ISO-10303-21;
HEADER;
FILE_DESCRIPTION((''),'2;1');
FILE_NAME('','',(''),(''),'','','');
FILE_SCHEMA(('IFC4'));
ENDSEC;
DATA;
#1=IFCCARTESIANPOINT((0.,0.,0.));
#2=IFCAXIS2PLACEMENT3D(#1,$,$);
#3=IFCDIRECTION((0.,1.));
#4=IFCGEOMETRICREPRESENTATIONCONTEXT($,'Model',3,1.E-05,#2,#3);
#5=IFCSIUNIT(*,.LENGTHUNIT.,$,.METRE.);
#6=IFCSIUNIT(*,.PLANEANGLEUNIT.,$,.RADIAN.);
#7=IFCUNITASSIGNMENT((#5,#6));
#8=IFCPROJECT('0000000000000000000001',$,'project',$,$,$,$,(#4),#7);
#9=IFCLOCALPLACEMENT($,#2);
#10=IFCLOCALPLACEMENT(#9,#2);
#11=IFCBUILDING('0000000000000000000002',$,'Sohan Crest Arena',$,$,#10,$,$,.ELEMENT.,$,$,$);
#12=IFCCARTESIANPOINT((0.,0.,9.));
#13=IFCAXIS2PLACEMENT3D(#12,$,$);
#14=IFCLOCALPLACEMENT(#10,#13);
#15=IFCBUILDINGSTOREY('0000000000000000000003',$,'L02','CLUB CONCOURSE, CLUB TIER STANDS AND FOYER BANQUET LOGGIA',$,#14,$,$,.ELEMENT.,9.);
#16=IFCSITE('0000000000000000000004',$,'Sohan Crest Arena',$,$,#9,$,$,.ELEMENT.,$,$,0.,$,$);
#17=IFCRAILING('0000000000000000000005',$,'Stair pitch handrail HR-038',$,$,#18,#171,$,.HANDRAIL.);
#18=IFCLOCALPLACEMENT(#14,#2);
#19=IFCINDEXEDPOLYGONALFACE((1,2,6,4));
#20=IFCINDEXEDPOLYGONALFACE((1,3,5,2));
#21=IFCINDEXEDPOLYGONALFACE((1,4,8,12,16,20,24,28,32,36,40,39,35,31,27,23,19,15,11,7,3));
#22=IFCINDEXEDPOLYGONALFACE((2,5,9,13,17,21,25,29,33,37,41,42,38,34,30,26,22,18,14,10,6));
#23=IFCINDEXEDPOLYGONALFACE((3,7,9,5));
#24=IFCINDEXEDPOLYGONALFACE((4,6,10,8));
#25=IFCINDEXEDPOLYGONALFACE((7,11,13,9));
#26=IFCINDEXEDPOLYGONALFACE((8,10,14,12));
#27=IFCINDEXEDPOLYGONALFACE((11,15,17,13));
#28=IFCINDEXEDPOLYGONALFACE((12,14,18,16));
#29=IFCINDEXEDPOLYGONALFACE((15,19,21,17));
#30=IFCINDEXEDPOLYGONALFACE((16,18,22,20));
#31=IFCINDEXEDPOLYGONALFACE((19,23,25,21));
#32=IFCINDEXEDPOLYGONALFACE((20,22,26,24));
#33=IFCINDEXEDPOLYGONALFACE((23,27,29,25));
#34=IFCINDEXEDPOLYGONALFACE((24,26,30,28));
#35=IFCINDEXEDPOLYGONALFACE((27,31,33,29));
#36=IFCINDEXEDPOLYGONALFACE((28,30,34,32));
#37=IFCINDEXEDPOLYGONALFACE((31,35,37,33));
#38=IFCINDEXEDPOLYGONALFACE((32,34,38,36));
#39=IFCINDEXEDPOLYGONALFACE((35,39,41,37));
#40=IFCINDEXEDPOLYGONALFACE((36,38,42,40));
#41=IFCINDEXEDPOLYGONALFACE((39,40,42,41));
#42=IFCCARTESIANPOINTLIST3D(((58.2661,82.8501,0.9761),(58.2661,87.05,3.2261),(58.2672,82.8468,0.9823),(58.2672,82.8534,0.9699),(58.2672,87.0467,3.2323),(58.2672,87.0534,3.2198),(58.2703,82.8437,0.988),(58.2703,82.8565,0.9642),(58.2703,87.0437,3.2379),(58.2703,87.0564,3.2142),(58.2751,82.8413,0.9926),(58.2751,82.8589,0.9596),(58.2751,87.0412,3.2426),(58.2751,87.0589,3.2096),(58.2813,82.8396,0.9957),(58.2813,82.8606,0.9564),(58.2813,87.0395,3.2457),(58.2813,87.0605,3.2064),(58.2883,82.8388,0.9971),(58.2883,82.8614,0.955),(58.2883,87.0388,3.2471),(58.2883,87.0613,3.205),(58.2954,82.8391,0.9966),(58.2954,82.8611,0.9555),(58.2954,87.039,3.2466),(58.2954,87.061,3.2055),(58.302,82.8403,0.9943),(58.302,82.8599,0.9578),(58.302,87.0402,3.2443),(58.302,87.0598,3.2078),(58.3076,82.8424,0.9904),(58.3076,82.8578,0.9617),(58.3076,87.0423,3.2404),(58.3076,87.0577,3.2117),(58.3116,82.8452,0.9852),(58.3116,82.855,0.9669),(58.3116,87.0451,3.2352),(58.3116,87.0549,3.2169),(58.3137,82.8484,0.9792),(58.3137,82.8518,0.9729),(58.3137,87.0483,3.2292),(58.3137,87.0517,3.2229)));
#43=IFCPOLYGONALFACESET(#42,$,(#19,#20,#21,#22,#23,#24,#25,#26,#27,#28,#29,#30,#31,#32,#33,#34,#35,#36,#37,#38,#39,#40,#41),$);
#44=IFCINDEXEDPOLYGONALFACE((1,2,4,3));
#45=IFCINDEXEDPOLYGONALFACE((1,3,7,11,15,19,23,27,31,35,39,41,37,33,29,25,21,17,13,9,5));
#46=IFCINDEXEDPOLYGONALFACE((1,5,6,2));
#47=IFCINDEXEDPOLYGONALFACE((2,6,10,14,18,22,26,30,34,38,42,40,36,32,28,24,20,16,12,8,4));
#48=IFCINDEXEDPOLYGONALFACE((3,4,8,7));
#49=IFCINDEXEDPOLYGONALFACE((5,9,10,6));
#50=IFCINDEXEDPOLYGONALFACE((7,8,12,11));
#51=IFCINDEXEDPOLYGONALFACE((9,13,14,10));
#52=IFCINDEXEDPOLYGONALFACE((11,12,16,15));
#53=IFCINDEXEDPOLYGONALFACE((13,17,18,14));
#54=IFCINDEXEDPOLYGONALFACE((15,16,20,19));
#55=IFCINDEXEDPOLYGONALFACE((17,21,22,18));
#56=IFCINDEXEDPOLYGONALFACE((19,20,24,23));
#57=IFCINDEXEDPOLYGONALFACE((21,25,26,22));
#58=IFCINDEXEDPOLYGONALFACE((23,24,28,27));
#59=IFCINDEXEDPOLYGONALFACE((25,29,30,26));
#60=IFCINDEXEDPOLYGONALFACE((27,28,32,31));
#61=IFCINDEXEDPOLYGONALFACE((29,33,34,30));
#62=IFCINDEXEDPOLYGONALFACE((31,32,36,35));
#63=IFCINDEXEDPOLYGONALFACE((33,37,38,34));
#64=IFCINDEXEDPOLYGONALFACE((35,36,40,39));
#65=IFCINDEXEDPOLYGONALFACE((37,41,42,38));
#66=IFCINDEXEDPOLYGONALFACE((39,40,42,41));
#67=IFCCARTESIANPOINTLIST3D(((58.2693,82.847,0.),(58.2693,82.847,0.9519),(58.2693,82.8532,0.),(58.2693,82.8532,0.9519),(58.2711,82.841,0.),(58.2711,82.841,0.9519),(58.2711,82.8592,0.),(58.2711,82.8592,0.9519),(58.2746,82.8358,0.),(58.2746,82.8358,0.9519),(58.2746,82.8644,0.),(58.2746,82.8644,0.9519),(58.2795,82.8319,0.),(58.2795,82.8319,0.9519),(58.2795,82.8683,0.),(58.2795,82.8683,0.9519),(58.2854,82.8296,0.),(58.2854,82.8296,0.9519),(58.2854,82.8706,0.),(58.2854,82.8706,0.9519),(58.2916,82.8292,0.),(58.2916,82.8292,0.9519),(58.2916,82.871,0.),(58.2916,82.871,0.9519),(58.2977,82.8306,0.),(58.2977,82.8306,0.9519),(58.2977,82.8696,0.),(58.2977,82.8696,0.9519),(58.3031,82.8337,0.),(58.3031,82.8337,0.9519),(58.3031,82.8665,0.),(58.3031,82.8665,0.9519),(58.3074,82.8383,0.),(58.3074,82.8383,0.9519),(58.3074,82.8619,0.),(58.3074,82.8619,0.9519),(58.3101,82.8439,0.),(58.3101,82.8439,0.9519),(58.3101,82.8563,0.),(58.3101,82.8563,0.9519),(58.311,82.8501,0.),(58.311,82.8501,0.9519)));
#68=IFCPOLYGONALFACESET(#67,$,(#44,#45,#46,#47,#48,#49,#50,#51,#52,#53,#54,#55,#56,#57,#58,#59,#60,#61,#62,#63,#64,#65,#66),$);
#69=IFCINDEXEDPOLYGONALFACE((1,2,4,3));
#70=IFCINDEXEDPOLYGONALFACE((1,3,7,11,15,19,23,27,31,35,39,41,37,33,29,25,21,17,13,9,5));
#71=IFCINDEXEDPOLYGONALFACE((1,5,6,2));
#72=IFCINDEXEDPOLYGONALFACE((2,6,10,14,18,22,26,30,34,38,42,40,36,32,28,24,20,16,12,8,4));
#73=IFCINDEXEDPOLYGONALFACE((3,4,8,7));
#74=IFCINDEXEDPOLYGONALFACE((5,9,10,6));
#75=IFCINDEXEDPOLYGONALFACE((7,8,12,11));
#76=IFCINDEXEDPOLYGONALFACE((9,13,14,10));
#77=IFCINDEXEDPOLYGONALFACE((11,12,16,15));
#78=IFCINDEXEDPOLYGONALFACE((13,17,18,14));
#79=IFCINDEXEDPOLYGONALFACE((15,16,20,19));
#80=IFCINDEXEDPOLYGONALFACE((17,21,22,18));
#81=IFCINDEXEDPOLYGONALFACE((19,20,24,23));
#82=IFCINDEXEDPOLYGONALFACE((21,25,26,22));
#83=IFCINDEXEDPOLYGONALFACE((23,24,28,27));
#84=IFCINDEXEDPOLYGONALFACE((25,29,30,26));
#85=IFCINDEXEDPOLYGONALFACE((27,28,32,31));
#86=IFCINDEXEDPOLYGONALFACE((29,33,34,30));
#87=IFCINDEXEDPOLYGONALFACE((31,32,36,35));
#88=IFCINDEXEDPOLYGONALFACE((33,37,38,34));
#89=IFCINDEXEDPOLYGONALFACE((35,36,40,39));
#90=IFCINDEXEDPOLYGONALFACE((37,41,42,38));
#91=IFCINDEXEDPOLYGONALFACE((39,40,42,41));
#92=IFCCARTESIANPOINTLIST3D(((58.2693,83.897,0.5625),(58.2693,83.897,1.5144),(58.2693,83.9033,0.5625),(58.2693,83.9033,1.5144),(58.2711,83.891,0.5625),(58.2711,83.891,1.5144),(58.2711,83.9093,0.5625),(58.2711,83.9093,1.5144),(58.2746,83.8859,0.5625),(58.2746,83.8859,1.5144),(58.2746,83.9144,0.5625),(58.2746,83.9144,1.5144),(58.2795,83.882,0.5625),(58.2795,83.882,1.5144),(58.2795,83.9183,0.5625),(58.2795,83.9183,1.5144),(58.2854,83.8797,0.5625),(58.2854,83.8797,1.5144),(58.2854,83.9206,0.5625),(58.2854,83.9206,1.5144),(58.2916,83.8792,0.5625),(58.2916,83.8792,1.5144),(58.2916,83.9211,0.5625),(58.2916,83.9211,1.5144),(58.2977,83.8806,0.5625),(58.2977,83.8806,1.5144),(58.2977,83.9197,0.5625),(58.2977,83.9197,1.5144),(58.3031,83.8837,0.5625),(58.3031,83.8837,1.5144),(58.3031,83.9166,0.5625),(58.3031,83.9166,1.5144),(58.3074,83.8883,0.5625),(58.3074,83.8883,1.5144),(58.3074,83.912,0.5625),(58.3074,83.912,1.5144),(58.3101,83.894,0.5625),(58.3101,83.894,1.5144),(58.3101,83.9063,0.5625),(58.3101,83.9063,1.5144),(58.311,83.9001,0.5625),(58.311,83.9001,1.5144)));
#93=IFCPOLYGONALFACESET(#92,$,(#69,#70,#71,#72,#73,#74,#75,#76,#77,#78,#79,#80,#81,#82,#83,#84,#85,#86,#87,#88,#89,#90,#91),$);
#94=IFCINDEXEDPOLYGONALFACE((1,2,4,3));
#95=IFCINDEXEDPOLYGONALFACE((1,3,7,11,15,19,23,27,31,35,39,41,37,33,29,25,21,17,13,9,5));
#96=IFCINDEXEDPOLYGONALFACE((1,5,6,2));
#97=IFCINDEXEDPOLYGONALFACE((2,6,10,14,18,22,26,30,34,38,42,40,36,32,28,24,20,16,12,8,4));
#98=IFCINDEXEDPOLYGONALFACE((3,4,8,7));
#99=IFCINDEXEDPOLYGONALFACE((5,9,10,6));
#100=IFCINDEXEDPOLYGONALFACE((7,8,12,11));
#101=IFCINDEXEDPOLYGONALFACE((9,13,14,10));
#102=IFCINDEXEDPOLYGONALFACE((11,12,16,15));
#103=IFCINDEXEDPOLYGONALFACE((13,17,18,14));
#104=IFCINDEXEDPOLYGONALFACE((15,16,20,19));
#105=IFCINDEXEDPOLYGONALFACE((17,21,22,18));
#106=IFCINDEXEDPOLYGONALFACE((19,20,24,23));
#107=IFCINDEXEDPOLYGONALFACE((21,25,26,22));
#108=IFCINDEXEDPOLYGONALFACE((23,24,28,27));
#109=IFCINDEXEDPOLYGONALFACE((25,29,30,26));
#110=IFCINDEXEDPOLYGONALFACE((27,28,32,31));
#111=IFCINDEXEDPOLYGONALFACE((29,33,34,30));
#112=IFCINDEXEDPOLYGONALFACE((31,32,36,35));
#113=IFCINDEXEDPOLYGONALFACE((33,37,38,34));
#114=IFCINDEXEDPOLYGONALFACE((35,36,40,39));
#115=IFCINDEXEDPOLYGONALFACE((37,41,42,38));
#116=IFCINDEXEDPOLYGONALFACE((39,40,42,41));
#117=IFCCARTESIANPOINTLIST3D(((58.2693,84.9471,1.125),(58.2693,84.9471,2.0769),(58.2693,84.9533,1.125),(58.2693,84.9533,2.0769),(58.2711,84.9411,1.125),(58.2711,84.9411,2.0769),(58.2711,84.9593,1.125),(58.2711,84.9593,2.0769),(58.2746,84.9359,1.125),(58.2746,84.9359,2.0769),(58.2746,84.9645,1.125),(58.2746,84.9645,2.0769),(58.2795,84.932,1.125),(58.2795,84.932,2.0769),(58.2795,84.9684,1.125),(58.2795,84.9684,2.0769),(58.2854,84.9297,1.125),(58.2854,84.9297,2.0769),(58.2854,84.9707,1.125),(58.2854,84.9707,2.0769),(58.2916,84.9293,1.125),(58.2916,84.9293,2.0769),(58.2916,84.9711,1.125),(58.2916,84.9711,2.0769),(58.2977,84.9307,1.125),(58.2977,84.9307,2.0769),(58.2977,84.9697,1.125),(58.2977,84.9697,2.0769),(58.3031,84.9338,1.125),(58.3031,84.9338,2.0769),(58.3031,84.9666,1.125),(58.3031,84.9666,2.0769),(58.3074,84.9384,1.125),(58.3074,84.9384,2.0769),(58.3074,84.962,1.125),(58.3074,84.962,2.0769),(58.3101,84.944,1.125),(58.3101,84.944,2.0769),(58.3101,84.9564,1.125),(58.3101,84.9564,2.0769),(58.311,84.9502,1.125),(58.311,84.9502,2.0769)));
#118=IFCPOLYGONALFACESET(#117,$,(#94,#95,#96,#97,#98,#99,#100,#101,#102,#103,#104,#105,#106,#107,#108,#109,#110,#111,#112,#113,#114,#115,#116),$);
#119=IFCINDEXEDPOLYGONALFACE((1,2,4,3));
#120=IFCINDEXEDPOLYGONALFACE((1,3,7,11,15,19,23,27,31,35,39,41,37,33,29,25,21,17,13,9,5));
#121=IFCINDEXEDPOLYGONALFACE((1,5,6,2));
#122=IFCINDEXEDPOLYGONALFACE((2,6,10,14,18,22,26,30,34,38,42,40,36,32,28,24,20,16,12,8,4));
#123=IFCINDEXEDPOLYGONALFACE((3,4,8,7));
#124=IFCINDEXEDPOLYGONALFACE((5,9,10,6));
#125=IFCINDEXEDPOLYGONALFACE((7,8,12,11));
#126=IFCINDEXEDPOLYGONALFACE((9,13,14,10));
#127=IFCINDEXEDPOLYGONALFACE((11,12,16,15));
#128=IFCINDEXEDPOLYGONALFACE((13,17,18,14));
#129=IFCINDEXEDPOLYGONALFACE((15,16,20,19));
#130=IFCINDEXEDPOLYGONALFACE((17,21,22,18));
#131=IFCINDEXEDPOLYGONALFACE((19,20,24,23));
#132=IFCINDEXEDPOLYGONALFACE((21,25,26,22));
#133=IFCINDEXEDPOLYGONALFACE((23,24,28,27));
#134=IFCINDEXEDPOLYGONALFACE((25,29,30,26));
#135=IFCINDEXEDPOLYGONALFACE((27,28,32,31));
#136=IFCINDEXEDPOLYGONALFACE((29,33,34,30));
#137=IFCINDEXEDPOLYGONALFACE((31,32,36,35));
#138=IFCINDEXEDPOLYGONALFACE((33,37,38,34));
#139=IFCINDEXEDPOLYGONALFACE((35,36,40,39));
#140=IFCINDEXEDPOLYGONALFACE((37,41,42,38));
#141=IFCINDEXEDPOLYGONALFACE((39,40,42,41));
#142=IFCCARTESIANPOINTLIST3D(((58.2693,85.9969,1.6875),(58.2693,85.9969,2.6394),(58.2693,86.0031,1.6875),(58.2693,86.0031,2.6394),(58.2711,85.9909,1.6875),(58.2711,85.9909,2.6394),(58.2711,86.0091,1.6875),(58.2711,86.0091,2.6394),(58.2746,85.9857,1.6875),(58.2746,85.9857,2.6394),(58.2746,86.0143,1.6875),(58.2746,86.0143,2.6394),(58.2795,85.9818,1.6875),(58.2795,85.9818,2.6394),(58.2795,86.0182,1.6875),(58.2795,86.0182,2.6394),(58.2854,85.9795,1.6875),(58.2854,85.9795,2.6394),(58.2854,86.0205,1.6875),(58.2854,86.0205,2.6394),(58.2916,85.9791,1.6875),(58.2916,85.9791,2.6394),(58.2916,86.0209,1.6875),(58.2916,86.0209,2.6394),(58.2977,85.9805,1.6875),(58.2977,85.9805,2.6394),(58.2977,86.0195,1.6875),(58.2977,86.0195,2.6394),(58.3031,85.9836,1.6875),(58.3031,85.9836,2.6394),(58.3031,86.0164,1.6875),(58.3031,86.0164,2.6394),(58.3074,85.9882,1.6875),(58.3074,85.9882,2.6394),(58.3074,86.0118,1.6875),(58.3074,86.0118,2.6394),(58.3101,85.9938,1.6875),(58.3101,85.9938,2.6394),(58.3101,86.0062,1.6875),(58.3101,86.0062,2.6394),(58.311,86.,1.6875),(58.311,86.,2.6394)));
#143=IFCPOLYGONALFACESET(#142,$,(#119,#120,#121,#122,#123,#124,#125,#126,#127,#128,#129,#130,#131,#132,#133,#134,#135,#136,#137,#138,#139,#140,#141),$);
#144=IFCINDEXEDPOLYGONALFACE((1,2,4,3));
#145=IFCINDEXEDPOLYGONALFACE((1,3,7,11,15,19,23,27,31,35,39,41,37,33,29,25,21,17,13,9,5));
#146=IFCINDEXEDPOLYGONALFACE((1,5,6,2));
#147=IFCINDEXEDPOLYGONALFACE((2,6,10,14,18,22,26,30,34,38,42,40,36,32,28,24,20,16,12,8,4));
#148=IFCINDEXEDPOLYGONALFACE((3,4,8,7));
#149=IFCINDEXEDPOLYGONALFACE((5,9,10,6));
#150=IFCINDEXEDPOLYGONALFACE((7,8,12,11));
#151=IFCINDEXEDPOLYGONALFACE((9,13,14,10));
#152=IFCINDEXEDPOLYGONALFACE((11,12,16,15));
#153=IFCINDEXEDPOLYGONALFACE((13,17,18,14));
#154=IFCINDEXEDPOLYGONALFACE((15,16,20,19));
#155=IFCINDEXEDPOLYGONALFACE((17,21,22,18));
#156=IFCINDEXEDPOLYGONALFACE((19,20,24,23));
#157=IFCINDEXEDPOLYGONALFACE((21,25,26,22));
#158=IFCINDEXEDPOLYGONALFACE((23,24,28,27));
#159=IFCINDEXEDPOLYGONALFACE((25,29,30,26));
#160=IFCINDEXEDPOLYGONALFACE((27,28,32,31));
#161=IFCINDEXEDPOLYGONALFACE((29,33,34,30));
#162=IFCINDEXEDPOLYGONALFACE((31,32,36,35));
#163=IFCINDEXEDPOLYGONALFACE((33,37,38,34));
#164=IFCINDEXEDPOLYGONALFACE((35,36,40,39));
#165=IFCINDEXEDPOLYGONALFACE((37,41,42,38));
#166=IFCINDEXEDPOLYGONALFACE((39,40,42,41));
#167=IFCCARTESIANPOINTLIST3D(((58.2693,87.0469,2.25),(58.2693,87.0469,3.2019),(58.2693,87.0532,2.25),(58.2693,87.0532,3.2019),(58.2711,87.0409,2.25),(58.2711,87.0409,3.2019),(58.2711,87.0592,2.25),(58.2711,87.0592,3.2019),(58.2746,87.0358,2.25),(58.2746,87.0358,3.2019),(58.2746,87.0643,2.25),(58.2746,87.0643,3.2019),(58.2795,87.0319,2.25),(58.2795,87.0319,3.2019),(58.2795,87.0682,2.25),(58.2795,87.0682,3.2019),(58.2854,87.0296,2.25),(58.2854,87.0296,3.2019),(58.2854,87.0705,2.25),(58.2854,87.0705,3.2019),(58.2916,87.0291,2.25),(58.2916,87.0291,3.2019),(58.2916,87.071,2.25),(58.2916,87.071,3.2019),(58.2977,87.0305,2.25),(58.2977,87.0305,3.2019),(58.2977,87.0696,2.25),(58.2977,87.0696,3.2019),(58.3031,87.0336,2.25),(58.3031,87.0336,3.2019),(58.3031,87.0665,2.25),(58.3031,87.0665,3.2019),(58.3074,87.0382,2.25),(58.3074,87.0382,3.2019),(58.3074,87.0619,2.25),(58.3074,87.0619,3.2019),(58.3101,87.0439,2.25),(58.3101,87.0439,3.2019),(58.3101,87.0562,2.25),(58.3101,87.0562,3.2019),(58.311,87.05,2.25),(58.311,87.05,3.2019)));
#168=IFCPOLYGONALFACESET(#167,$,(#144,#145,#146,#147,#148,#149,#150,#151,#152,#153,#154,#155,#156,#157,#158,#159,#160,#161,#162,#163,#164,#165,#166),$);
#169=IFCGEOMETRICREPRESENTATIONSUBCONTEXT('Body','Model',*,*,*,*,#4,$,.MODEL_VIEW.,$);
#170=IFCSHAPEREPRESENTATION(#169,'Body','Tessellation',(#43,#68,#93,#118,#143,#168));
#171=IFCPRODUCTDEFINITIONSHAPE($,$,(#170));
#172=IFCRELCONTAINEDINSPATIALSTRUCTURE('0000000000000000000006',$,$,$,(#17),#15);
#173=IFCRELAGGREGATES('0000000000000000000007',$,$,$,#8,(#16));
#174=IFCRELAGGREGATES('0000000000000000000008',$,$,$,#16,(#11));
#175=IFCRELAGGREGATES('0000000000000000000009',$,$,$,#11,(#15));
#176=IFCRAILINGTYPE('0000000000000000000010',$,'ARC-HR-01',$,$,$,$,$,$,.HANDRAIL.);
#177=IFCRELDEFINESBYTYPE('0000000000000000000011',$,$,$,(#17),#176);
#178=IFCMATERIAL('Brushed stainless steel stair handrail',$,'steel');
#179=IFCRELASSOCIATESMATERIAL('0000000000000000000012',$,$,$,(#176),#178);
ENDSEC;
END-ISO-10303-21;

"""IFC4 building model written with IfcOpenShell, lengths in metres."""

from ifc_helpers import new_model, si_unit, direction, frame, origin, origin_2d, place, context, subcontext, project, spatial, circle, extrude, material, type_object, element, save


model = new_model("IFC4")

# Units and contexts
model_context = context("Model", 3, precision=1e-05, world=origin(), true_north=direction((0.0, 1.0)))
body_context = subcontext(model_context, "Body", "Model", "MODEL_VIEW")
ifc_project = project(units=[si_unit("LENGTHUNIT", "METRE"), si_unit("PLANEANGLEUNIT", "RADIAN")], contexts=[model_context])

# Site, building, storey
site_placement = place(None, origin())
site = spatial("IfcSite", under=ifc_project, at=site_placement, Name="Sohan Crest Arena", CompositionType="ELEMENT", RefElevation=0.0)
building_placement = place(site_placement, origin())
building = spatial("IfcBuilding", under=site, at=building_placement, Name="Sohan Crest Arena", CompositionType="ELEMENT")
storey_placement = place(building_placement, frame((0.0, 0.0, 9.0)))
storey = spatial("IfcBuildingStorey", under=building, at=storey_placement, Name="L02", Description="CLUB CONCOURSE, CLUB TIER STANDS AND FOYER BANQUET LOGGIA", CompositionType="ELEMENT", Elevation=9.0)

# Railing
ifc_material_1 = material(Name="Brushed stainless steel stair handrail", Category="steel")
railing_type_1 = type_object("IfcRailingType", Name="ARC-HR-01", PredefinedType="HANDRAIL", material=ifc_material_1)
for number, where, name in (
    (1, (58.29, 82.8501, 0.0), "Stair pitch handrail HR-038"),
):
    element("IfcRailing", number, at=place(storey_placement, frame(where)), inside=storey, type_object=railing_type_1, Name=name, PredefinedType="HANDRAIL", context=body_context, shape_type="SweptSolid", body=[
        extrude(circle(Radius=0.0239, at=origin_2d()), frame((0.0, 0.0, 0.9761), z_axis=(0.0, 0.881478, 0.472226), x_axis=(-1.0, 0.0, 0.0)), (0.0, 0.0, 1.0), 4.7646),
        extrude(circle(Radius=0.021, at=origin_2d()), origin(), (0.0, 0.0, 1.0), 0.9519),
        extrude(circle(Radius=0.021, at=origin_2d()), frame((0.0, 1.05, 0.5625)), (0.0, 0.0, 1.0), 0.9519),
        extrude(circle(Radius=0.021, at=origin_2d()), frame((0.0, 2.1001, 1.125)), (0.0, 0.0, 1.0), 0.9519),
        extrude(circle(Radius=0.021, at=origin_2d()), frame((0.0, 3.1499, 1.6875)), (0.0, 0.0, 1.0), 0.9519),
        extrude(circle(Radius=0.021, at=origin_2d()), frame((0.0, 4.2, 2.25)), (0.0, 0.0, 1.0), 0.9519),
    ])

save(model, "model.ifc")
